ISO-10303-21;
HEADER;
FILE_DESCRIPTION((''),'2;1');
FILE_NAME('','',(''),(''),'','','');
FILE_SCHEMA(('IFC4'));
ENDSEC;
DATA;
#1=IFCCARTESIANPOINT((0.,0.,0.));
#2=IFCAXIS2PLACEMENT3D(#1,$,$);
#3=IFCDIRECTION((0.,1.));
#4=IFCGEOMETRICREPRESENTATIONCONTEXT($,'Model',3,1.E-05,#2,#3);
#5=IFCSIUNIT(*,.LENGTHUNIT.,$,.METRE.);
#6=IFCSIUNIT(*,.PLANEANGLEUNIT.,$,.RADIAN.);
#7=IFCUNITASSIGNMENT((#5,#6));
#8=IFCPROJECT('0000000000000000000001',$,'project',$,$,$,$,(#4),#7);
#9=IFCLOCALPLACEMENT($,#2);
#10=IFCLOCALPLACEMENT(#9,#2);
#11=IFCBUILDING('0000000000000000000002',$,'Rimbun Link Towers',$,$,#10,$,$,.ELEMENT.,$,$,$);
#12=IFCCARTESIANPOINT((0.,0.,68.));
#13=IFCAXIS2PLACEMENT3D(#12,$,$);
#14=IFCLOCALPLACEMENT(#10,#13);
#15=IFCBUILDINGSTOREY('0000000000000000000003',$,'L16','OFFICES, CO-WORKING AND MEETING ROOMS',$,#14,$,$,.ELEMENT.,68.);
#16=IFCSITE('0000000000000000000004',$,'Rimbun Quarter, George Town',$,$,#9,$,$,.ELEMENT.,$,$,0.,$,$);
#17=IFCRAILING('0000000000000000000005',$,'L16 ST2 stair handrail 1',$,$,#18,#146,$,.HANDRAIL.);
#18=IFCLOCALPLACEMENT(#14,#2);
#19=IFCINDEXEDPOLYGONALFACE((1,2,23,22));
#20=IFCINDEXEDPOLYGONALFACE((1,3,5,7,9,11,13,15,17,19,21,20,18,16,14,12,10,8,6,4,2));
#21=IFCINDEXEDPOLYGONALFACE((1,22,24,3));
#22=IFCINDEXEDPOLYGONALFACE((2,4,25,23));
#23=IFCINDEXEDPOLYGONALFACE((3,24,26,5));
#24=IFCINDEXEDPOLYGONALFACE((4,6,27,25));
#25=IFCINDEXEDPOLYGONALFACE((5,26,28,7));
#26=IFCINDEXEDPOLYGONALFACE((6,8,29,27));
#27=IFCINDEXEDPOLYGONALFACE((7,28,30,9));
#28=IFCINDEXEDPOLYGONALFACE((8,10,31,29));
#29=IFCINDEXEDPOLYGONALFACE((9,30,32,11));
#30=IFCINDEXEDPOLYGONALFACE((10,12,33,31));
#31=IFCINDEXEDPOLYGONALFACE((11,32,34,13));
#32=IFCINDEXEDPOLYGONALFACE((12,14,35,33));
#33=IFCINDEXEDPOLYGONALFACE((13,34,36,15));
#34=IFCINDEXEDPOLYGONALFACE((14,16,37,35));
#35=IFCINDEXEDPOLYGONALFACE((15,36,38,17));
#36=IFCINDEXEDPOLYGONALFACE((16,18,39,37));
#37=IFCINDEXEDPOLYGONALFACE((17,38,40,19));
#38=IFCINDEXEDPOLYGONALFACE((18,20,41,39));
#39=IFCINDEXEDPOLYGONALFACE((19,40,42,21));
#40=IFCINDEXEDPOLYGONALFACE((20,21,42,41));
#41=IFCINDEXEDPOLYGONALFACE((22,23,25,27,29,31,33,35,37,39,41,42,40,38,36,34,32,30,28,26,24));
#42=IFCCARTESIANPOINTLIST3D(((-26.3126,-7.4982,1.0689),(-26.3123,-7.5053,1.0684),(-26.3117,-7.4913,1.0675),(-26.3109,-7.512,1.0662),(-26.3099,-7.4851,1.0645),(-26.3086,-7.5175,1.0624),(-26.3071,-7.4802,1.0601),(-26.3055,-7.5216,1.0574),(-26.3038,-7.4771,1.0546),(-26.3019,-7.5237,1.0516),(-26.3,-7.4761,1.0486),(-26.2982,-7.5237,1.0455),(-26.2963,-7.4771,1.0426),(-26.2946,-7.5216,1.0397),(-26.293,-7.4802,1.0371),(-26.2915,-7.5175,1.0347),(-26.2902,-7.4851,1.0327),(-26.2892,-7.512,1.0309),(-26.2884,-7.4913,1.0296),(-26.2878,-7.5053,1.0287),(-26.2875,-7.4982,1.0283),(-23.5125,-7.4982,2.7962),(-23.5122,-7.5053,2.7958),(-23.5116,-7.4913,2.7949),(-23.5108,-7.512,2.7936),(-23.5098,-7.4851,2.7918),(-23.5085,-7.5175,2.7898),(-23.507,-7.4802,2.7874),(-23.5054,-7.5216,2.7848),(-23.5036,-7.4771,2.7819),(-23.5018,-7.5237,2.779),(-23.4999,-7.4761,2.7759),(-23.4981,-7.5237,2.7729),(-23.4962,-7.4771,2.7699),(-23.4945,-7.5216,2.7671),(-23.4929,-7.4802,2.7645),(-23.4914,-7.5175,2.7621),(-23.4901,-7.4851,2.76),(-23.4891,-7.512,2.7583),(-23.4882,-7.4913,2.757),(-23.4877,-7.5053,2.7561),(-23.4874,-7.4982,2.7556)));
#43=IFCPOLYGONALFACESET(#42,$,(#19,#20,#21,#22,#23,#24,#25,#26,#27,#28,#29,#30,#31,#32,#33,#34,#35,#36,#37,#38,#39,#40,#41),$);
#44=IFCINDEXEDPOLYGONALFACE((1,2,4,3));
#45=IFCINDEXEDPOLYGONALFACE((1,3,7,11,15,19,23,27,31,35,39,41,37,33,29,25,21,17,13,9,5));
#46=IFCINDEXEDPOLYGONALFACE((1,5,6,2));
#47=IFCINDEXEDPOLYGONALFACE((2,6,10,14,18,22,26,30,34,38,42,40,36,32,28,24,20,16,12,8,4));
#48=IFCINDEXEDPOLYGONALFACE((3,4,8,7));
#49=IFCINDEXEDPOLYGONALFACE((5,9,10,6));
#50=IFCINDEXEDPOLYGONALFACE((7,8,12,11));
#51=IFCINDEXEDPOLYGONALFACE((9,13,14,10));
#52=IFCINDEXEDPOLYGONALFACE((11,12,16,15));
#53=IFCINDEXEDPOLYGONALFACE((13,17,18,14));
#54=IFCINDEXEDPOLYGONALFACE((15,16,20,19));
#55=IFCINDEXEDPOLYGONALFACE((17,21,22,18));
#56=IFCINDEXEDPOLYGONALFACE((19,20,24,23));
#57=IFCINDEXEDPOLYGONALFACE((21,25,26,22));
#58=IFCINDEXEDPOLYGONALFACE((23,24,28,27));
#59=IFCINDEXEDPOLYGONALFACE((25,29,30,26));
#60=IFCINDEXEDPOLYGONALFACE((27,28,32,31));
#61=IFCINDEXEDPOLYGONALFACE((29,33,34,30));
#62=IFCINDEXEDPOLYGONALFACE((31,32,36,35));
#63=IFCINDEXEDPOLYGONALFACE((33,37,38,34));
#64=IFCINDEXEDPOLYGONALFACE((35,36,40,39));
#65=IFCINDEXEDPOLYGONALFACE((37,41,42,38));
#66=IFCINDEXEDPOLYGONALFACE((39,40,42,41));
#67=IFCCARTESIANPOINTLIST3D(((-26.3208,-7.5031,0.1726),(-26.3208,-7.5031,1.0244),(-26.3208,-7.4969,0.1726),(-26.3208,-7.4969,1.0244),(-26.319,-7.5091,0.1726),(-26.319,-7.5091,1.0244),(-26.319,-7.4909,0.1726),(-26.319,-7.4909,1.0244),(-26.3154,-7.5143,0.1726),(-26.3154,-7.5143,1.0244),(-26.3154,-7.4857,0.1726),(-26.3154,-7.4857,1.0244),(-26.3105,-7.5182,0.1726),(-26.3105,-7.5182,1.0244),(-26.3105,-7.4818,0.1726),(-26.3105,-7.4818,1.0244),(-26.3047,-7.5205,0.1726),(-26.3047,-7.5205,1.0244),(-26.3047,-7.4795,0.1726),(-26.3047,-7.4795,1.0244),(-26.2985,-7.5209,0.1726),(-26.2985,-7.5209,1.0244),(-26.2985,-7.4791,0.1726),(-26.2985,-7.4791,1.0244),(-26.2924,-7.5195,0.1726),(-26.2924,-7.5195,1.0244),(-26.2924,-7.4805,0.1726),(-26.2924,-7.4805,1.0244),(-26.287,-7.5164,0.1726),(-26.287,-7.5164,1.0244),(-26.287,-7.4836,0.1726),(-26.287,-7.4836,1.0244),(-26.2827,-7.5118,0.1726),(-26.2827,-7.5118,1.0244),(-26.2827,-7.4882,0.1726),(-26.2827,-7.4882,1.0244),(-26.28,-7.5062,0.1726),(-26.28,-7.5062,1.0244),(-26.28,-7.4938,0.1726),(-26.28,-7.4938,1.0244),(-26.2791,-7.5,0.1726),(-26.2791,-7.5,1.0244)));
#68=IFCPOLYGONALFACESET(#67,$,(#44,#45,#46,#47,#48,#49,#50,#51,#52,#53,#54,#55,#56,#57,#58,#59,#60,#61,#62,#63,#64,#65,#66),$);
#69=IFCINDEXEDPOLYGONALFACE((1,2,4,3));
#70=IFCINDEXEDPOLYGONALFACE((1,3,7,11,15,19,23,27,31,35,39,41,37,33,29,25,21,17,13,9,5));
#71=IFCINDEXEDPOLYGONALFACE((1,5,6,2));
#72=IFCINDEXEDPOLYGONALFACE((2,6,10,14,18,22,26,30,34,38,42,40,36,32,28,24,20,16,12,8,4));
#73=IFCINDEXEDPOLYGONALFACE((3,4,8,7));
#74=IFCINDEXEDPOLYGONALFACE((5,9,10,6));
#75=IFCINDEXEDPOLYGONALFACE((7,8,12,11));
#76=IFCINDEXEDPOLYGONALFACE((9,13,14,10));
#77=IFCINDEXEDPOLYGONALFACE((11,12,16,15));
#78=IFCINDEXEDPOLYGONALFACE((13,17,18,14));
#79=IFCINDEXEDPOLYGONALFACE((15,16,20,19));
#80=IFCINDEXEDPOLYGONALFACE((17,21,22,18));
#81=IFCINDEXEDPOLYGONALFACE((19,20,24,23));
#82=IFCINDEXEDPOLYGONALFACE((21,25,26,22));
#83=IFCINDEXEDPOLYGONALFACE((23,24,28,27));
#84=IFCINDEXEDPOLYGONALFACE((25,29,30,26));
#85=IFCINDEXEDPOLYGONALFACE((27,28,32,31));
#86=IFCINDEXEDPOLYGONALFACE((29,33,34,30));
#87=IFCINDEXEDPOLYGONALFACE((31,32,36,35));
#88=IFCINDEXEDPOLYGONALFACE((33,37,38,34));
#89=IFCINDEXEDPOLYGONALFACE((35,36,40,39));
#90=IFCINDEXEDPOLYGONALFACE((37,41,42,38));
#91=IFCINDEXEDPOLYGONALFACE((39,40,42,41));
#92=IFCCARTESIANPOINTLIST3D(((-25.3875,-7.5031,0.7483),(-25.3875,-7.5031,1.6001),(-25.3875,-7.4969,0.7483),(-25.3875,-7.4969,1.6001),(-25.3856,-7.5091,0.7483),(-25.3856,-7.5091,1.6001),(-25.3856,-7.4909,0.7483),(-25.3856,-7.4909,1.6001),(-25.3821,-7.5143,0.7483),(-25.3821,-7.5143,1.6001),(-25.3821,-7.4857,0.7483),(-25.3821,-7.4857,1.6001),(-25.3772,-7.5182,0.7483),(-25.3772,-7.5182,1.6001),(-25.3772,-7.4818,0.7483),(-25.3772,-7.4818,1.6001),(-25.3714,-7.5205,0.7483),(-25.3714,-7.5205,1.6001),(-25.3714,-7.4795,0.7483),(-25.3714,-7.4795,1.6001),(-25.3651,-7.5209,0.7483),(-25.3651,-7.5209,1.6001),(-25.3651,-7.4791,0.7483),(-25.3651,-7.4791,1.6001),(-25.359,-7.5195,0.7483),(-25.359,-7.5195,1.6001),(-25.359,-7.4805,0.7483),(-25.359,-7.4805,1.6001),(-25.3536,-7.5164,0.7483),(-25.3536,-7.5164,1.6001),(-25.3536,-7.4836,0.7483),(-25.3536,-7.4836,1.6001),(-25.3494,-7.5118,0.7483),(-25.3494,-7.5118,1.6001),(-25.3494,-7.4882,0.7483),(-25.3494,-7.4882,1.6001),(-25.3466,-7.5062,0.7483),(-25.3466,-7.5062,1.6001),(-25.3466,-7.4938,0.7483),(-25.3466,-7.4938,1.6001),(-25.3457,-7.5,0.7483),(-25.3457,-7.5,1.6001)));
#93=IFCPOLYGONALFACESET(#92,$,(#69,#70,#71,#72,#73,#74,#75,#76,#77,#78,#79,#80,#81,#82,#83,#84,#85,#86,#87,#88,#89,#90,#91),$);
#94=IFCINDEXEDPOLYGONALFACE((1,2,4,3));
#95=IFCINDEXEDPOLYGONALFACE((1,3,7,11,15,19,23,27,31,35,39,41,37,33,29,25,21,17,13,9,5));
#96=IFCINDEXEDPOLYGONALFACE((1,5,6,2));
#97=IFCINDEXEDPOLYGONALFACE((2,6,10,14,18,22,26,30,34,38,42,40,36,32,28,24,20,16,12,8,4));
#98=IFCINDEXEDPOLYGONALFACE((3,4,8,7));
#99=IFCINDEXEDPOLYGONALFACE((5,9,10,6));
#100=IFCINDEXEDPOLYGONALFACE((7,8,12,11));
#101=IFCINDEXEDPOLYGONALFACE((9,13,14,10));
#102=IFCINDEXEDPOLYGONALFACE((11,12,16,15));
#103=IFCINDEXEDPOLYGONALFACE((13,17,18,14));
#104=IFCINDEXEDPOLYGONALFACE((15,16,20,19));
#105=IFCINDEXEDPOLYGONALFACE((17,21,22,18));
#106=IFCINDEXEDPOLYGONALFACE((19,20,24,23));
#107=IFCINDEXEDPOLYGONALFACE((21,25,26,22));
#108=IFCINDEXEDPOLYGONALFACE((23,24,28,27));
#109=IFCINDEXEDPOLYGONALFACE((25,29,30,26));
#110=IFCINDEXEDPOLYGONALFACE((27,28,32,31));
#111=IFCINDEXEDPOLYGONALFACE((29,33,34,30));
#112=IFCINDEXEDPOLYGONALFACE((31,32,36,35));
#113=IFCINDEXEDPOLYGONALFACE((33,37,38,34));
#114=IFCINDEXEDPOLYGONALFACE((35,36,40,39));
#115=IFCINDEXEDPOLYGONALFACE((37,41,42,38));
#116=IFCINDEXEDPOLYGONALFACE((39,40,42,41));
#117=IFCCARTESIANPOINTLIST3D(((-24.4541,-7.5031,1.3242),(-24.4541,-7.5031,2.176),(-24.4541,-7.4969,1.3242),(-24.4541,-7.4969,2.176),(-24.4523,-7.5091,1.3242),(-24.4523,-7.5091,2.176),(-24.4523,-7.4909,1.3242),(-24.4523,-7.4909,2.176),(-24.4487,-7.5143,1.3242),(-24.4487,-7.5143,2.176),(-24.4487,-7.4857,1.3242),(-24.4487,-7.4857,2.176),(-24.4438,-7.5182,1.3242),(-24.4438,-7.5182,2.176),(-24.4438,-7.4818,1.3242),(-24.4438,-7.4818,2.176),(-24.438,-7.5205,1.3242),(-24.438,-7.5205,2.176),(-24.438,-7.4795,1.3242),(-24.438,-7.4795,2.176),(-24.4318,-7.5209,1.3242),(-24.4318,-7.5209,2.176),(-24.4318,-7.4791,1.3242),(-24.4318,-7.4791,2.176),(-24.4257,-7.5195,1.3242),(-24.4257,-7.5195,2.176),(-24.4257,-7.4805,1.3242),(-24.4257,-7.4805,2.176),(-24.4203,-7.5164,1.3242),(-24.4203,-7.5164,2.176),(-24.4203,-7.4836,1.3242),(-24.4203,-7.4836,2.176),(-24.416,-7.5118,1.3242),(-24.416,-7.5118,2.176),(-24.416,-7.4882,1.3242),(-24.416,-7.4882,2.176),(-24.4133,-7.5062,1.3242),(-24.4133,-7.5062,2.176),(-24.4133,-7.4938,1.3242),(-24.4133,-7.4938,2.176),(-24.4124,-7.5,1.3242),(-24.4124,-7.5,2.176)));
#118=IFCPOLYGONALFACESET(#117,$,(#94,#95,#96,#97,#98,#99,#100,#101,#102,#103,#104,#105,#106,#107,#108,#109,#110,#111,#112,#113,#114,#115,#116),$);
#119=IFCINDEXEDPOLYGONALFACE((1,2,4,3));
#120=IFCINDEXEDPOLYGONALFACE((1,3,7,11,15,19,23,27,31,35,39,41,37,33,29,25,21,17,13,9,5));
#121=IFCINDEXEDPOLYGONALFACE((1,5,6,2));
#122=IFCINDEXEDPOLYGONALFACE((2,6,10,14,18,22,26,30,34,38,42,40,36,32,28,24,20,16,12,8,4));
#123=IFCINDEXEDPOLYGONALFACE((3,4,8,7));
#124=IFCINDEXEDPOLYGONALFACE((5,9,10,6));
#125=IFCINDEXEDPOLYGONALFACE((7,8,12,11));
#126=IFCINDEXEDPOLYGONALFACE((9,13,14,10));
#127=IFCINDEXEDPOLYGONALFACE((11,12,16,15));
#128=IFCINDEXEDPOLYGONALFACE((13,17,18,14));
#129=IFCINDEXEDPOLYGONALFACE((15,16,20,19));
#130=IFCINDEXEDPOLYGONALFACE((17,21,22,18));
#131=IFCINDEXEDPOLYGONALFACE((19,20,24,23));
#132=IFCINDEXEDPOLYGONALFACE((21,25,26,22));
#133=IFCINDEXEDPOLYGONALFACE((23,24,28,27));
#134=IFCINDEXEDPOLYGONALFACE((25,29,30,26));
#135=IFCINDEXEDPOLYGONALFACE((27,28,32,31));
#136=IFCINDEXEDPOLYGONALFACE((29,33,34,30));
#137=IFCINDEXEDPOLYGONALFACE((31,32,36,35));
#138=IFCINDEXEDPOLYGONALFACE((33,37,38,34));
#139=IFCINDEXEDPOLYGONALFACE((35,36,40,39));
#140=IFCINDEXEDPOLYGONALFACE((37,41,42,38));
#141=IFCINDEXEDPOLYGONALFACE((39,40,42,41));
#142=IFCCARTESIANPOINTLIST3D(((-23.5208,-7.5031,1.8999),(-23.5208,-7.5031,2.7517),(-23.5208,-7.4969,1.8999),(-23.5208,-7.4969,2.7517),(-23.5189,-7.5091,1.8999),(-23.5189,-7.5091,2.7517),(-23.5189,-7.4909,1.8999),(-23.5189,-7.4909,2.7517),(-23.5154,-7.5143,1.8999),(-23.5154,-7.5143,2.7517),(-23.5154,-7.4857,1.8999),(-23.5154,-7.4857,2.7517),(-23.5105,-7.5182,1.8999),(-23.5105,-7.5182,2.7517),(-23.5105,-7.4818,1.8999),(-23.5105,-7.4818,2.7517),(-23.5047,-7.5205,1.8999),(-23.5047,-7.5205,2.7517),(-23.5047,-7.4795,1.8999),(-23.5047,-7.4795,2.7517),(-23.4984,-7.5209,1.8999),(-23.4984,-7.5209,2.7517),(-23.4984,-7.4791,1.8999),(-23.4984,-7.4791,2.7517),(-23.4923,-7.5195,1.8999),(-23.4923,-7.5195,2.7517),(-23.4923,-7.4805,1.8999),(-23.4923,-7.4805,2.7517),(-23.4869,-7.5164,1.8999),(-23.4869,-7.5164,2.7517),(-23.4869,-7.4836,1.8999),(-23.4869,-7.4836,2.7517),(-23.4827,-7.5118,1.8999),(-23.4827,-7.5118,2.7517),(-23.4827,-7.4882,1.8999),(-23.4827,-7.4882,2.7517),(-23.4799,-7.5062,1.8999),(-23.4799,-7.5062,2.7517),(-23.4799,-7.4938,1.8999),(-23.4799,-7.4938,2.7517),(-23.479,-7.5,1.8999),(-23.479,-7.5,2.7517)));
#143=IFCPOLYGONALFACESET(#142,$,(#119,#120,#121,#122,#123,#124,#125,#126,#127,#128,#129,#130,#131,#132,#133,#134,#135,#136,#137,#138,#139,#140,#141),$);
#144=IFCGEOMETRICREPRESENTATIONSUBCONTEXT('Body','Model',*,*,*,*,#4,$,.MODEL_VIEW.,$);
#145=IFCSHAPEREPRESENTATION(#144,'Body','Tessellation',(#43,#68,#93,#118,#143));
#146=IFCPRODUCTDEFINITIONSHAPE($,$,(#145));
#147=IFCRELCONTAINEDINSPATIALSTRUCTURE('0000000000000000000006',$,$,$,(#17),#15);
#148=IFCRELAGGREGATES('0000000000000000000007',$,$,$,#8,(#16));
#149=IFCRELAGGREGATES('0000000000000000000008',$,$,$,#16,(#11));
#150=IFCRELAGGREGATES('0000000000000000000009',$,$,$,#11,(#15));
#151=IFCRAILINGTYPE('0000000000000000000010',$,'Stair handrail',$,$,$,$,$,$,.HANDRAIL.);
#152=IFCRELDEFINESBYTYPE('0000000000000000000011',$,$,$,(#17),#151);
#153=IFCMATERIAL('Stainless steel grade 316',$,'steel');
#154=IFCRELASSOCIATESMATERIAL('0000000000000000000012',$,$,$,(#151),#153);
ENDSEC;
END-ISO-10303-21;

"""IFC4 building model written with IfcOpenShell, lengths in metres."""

from ifc_helpers import new_model, si_unit, direction, frame, origin, origin_2d, place, context, subcontext, project, spatial, circle, extrude, material, type_object, element, save


model = new_model("IFC4")

# Units and contexts
model_context = context("Model", 3, precision=1e-05, world=origin(), true_north=direction((0.0, 1.0)))
body_context = subcontext(model_context, "Body", "Model", "MODEL_VIEW")
ifc_project = project(units=[si_unit("LENGTHUNIT", "METRE"), si_unit("PLANEANGLEUNIT", "RADIAN")], contexts=[model_context])

# Site, building, storey
site_placement = place(None, origin())
site = spatial("IfcSite", under=ifc_project, at=site_placement, Name="Rimbun Quarter, George Town", CompositionType="ELEMENT", RefElevation=0.0)
building_placement = place(site_placement, origin())
building = spatial("IfcBuilding", under=site, at=building_placement, Name="Rimbun Link Towers", CompositionType="ELEMENT")
storey_placement = place(building_placement, frame((0.0, 0.0, 68.0)))
storey = spatial("IfcBuildingStorey", under=building, at=storey_placement, Name="L16", Description="OFFICES, CO-WORKING AND MEETING ROOMS", CompositionType="ELEMENT", Elevation=68.0)

# Railing
ifc_material_1 = material(Name="Stainless steel grade 316", Category="steel")
railing_type_1 = type_object("IfcRailingType", Name="Stair handrail", PredefinedType="HANDRAIL", material=ifc_material_1)
railing_1_placement = place(storey_placement, frame((-26.3, -7.5, 0.1726)))
element("IfcRailing", 1, at=railing_1_placement, inside=storey, type_object=railing_type_1, Name="L16 ST2 stair handrail 1", PredefinedType="HANDRAIL", context=body_context, shape_type="SweptSolid", body=[
    extrude(circle(Radius=0.0239, at=origin_2d()), frame((0.0, 0.0, 0.876), z_axis=(0.85109, 0.0, 0.52502), x_axis=(0.0, 1.0, 0.0)), (0.0, 0.0, 1.0), 3.29),
    extrude(circle(Radius=0.021, at=origin_2d()), origin(), (0.0, 0.0, 1.0), 0.8518),
    extrude(circle(Radius=0.021, at=origin_2d()), frame((0.9333, 0.0, 0.5757)), (0.0, 0.0, 1.0), 0.8518),
    extrude(circle(Radius=0.021, at=origin_2d()), frame((1.8667, 0.0, 1.1516)), (0.0, 0.0, 1.0), 0.8518),
    extrude(circle(Radius=0.021, at=origin_2d()), frame((2.8, 0.0, 1.7273)), (0.0, 0.0, 1.0), 0.8518),
])

save(model, "model.ifc")
